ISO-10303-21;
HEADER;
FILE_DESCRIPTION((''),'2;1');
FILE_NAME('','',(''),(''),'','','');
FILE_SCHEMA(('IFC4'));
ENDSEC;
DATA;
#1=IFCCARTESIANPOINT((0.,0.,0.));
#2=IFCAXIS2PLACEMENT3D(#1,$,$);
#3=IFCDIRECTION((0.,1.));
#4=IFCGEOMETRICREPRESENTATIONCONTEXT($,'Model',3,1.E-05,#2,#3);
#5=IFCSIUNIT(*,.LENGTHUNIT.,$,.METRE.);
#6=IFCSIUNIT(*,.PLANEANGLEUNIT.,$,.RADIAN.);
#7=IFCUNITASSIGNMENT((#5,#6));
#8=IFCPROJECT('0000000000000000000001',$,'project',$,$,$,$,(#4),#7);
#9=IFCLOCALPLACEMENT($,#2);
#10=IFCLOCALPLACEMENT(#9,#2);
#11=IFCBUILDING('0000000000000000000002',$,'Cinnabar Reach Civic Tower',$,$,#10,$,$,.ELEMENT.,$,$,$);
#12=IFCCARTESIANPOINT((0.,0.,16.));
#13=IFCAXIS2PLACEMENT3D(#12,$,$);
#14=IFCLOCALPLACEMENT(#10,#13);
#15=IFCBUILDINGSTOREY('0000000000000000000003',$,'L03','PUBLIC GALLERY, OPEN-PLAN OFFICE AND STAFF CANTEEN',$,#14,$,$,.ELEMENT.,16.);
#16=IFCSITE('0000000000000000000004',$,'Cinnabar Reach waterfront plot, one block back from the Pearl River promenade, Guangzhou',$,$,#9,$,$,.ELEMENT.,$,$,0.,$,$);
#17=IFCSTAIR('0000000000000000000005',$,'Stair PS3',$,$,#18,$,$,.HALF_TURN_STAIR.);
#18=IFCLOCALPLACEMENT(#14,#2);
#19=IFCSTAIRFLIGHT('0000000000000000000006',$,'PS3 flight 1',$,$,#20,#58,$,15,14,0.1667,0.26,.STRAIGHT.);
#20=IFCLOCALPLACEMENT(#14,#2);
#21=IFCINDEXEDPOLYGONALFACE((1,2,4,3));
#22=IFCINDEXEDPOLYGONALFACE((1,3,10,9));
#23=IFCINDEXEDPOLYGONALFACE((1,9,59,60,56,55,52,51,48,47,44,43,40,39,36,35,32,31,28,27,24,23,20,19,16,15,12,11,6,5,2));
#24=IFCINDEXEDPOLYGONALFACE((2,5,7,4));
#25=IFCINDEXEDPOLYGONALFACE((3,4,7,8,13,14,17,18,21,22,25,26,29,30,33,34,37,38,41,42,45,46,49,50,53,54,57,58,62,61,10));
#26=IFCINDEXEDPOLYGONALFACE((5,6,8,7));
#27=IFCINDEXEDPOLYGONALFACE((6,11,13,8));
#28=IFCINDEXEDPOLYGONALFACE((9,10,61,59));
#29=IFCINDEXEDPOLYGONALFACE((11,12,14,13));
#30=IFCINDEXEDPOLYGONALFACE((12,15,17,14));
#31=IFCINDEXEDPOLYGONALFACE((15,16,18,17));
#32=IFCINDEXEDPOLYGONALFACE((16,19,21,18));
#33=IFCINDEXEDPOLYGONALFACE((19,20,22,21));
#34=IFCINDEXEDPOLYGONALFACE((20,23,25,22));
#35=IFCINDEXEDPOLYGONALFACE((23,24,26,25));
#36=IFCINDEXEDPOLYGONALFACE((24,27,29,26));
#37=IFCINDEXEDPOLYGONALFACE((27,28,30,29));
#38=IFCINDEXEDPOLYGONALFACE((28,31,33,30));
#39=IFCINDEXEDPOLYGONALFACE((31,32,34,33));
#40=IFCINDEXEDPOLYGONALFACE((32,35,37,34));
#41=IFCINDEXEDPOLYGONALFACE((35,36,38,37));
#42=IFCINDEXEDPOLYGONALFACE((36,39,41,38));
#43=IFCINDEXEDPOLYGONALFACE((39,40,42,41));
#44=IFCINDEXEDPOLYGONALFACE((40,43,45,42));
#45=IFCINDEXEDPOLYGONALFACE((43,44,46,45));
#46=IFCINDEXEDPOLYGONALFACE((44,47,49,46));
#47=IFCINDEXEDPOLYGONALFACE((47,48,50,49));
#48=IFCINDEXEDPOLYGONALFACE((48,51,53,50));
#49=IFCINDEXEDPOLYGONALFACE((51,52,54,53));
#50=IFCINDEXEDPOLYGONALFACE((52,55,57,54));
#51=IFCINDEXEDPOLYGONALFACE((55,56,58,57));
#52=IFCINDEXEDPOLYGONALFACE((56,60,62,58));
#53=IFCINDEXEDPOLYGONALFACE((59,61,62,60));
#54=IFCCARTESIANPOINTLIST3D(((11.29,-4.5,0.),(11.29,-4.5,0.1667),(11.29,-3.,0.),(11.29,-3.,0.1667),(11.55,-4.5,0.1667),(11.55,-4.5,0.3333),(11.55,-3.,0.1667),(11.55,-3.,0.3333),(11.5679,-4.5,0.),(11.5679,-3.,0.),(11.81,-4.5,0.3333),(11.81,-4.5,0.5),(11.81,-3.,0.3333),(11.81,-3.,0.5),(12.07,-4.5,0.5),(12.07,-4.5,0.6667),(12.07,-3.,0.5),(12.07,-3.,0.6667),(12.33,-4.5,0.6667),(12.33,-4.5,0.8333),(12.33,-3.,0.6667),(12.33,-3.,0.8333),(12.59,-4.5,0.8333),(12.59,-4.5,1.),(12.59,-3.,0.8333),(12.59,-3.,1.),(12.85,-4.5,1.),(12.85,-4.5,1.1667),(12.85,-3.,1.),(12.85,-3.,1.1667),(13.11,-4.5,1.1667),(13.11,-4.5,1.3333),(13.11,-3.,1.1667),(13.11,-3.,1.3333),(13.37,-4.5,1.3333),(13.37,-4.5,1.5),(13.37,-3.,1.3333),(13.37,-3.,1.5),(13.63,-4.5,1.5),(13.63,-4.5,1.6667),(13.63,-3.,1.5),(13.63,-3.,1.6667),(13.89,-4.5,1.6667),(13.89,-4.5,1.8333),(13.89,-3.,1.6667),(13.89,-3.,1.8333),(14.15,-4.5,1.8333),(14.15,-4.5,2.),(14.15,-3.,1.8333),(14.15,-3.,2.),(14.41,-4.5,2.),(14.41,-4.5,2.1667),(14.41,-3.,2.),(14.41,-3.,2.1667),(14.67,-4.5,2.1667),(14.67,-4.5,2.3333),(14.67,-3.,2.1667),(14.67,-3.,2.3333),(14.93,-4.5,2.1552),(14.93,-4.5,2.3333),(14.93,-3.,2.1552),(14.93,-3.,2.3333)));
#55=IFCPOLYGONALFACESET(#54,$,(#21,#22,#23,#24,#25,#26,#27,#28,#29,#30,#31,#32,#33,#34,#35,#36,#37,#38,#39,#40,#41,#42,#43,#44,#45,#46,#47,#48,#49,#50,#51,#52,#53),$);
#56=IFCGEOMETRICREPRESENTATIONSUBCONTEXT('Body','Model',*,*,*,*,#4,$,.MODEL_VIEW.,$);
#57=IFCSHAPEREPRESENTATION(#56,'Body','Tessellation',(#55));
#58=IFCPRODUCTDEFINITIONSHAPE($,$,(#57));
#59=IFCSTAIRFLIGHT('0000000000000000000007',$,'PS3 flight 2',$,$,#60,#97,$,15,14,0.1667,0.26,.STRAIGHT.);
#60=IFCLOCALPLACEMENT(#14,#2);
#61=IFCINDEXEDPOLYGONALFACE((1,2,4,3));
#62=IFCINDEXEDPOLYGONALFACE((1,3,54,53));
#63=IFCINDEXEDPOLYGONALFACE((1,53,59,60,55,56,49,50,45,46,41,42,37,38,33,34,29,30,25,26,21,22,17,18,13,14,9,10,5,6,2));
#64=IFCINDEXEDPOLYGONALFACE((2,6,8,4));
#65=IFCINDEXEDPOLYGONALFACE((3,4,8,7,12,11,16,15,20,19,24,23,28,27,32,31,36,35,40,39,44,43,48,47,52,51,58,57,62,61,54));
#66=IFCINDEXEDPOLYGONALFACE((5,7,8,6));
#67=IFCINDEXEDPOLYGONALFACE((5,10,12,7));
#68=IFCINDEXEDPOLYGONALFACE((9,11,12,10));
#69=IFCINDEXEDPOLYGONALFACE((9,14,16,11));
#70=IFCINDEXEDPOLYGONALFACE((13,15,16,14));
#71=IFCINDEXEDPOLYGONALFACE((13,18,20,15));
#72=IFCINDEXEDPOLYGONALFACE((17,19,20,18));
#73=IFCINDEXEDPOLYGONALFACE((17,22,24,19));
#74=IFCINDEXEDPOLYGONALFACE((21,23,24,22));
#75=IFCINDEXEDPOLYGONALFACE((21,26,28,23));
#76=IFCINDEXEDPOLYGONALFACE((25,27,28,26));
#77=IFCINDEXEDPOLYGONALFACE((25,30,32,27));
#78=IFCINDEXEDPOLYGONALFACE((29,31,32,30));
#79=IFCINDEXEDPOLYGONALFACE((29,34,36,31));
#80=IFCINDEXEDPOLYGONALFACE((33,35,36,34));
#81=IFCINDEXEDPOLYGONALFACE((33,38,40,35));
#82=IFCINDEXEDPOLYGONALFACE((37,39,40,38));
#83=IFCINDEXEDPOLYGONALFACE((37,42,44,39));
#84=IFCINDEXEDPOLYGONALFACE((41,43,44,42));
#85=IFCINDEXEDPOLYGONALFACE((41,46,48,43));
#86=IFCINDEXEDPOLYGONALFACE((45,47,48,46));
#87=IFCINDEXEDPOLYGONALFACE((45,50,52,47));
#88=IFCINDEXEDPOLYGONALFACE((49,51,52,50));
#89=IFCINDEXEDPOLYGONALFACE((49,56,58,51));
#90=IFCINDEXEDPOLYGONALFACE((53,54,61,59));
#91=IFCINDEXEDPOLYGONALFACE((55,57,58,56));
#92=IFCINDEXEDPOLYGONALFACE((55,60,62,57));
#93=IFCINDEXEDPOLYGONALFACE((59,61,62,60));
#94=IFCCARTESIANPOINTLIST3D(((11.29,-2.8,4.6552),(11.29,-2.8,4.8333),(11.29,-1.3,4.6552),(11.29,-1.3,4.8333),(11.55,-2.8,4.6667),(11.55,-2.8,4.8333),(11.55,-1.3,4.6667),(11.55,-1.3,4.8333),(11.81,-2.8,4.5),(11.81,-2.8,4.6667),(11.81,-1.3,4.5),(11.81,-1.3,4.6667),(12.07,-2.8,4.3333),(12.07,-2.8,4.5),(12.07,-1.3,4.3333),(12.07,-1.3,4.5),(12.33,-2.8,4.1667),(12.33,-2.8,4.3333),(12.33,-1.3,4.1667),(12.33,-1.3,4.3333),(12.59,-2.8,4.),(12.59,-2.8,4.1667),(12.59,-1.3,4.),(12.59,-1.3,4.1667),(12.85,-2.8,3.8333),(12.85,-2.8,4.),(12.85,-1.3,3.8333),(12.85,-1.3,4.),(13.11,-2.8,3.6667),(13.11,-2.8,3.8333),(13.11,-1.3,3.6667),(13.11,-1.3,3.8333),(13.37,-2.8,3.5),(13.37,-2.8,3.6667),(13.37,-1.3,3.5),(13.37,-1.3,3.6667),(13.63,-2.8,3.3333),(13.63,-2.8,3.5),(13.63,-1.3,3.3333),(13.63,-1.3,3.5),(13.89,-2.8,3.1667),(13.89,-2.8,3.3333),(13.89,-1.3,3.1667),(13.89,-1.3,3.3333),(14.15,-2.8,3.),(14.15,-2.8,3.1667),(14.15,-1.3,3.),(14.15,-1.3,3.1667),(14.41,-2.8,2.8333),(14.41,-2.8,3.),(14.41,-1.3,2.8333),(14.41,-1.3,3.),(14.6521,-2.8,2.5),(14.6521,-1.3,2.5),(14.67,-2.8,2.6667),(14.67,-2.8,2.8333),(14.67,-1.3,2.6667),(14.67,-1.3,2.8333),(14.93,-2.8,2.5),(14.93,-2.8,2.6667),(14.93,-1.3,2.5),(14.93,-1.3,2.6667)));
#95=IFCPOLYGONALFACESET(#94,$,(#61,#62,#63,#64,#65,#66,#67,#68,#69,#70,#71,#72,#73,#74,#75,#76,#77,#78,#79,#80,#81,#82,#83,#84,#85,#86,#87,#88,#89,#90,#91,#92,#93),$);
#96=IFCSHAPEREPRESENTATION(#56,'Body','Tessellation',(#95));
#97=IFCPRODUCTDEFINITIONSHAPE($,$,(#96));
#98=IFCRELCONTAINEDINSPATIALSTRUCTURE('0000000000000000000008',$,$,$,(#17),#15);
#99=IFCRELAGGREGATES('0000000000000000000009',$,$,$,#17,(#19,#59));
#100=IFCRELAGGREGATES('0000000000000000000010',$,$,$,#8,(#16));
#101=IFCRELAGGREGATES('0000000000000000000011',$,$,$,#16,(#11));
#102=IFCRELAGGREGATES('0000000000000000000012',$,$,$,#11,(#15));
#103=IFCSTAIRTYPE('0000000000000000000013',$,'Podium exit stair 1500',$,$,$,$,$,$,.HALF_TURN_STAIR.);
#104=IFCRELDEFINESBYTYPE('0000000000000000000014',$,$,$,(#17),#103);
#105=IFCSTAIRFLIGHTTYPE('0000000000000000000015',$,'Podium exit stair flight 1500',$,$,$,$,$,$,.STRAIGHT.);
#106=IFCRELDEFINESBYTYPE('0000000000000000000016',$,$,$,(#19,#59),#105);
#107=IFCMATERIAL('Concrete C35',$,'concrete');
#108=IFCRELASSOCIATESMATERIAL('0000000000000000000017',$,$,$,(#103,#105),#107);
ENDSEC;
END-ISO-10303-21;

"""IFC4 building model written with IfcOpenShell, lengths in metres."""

from ifc_helpers import new_model, si_unit, direction, frame, origin, place, context, subcontext, project, spatial, polyline, outline, extrude, material, type_object, element, aggregate, save


model = new_model("IFC4")

# Units and contexts
model_context = context("Model", 3, precision=1e-05, world=origin(), true_north=direction((0.0, 1.0)))
body_context = subcontext(model_context, "Body", "Model", "MODEL_VIEW")
ifc_project = project(units=[si_unit("LENGTHUNIT", "METRE"), si_unit("PLANEANGLEUNIT", "RADIAN")], contexts=[model_context])

# Site, building, storey
site_placement = place(None, origin())
site = spatial("IfcSite", under=ifc_project, at=site_placement, Name="Cinnabar Reach waterfront plot, one block back from the Pearl River promenade, Guangzhou", CompositionType="ELEMENT", RefElevation=0.0)
building_placement = place(site_placement, origin())
building = spatial("IfcBuilding", under=site, at=building_placement, Name="Cinnabar Reach Civic Tower", CompositionType="ELEMENT")
storey_placement = place(building_placement, frame((0.0, 0.0, 16.0)))
storey = spatial("IfcBuildingStorey", under=building, at=storey_placement, Name="L03", Description="PUBLIC GALLERY, OPEN-PLAN OFFICE AND STAFF CANTEEN", CompositionType="ELEMENT", Elevation=16.0)

# Stair, stair flights
ifc_material_1 = material(Name="Concrete C35", Category="concrete")
stair_type_1 = type_object("IfcStairType", Name="Podium exit stair 1500", PredefinedType="HALF_TURN_STAIR", material=ifc_material_1)
stair_1_placement = place(storey_placement, origin())
stair_1 = element("IfcStair", 1, at=stair_1_placement, inside=storey, type_object=stair_type_1, Name="Stair PS3", PredefinedType="HALF_TURN_STAIR")
stair_flight_type = type_object("IfcStairFlightType", Name="Podium exit stair flight 1500", PredefinedType="STRAIGHT", material=ifc_material_1)
stair_flight_1_placement = place(storey_placement, frame((11.29, -3.75, 0.0), z_axis=(0.0, 0.0, 1.0), x_axis=(1.0, 0.0, 0.0)))
stair_flight_1 = element("IfcStairFlight", 2, at=stair_flight_1_placement, type_object=stair_flight_type, Name="PS3 flight 1", NumberOfRisers=15, NumberOfTreads=14, PredefinedType="STRAIGHT", RiserHeight=0.1667, TreadLength=0.26, context=body_context, shape_type="SweptSolid", body=[
    extrude(outline(polyline([(0.0, 0.0), (0.0, 0.1667), (0.26, 0.1667), (0.26, 0.3333), (0.52, 0.3333), (0.52, 0.5), (0.78, 0.5), (0.78, 0.6667), (1.04, 0.6667), (1.04, 0.8333), (1.3, 0.8333), (1.3, 1.0), (1.56, 1.0), (1.56, 1.1667), (1.82, 1.1667), (1.82, 1.3333), (2.08, 1.3333), (2.08, 1.5), (2.34, 1.5), (2.34, 1.6667), (2.6, 1.6667), (2.6, 1.8333), (2.86, 1.8333), (2.86, 2.0), (3.12, 2.0), (3.12, 2.1667), (3.38, 2.1667), (3.38, 2.3333), (3.64, 2.3333), (3.64, 2.5), (3.64, 2.1552), (0.2779, 0.0), (0.0, 0.0)])), frame((0.0, 0.75, 0.0), z_axis=(0.0, -1.0, 0.0), x_axis=(1.0, 0.0, 0.0)), (0.0, 0.0, 1.0), 1.5),
])
stair_flight_2_placement = place(storey_placement, frame((14.93, -2.05, 2.5), z_axis=(0.0, 0.0, 1.0), x_axis=(-1.0, 0.0, 0.0)))
stair_flight_2 = element("IfcStairFlight", 3, at=stair_flight_2_placement, type_object=stair_flight_type, Name="PS3 flight 2", NumberOfRisers=15, NumberOfTreads=14, PredefinedType="STRAIGHT", RiserHeight=0.1667, TreadLength=0.26, context=body_context, shape_type="SweptSolid", body=[
    extrude(outline(polyline([(0.0, 0.0), (0.0, 0.1667), (0.26, 0.1667), (0.26, 0.3333), (0.52, 0.3333), (0.52, 0.5), (0.78, 0.5), (0.78, 0.6667), (1.04, 0.6667), (1.04, 0.8333), (1.3, 0.8333), (1.3, 1.0), (1.56, 1.0), (1.56, 1.1667), (1.82, 1.1667), (1.82, 1.3333), (2.08, 1.3333), (2.08, 1.5), (2.34, 1.5), (2.34, 1.6667), (2.6, 1.6667), (2.6, 1.8333), (2.86, 1.8333), (2.86, 2.0), (3.12, 2.0), (3.12, 2.1667), (3.38, 2.1667), (3.38, 2.3333), (3.64, 2.3333), (3.64, 2.5), (3.64, 2.1552), (0.2779, 0.0), (0.0, 0.0)])), frame((0.0, 0.75, 0.0), z_axis=(0.0, -1.0, 0.0), x_axis=(1.0, 0.0, 0.0)), (0.0, 0.0, 1.0), 1.5),
])
aggregate(stair_1, [stair_flight_1, stair_flight_2])

save(model, "model.ifc")
